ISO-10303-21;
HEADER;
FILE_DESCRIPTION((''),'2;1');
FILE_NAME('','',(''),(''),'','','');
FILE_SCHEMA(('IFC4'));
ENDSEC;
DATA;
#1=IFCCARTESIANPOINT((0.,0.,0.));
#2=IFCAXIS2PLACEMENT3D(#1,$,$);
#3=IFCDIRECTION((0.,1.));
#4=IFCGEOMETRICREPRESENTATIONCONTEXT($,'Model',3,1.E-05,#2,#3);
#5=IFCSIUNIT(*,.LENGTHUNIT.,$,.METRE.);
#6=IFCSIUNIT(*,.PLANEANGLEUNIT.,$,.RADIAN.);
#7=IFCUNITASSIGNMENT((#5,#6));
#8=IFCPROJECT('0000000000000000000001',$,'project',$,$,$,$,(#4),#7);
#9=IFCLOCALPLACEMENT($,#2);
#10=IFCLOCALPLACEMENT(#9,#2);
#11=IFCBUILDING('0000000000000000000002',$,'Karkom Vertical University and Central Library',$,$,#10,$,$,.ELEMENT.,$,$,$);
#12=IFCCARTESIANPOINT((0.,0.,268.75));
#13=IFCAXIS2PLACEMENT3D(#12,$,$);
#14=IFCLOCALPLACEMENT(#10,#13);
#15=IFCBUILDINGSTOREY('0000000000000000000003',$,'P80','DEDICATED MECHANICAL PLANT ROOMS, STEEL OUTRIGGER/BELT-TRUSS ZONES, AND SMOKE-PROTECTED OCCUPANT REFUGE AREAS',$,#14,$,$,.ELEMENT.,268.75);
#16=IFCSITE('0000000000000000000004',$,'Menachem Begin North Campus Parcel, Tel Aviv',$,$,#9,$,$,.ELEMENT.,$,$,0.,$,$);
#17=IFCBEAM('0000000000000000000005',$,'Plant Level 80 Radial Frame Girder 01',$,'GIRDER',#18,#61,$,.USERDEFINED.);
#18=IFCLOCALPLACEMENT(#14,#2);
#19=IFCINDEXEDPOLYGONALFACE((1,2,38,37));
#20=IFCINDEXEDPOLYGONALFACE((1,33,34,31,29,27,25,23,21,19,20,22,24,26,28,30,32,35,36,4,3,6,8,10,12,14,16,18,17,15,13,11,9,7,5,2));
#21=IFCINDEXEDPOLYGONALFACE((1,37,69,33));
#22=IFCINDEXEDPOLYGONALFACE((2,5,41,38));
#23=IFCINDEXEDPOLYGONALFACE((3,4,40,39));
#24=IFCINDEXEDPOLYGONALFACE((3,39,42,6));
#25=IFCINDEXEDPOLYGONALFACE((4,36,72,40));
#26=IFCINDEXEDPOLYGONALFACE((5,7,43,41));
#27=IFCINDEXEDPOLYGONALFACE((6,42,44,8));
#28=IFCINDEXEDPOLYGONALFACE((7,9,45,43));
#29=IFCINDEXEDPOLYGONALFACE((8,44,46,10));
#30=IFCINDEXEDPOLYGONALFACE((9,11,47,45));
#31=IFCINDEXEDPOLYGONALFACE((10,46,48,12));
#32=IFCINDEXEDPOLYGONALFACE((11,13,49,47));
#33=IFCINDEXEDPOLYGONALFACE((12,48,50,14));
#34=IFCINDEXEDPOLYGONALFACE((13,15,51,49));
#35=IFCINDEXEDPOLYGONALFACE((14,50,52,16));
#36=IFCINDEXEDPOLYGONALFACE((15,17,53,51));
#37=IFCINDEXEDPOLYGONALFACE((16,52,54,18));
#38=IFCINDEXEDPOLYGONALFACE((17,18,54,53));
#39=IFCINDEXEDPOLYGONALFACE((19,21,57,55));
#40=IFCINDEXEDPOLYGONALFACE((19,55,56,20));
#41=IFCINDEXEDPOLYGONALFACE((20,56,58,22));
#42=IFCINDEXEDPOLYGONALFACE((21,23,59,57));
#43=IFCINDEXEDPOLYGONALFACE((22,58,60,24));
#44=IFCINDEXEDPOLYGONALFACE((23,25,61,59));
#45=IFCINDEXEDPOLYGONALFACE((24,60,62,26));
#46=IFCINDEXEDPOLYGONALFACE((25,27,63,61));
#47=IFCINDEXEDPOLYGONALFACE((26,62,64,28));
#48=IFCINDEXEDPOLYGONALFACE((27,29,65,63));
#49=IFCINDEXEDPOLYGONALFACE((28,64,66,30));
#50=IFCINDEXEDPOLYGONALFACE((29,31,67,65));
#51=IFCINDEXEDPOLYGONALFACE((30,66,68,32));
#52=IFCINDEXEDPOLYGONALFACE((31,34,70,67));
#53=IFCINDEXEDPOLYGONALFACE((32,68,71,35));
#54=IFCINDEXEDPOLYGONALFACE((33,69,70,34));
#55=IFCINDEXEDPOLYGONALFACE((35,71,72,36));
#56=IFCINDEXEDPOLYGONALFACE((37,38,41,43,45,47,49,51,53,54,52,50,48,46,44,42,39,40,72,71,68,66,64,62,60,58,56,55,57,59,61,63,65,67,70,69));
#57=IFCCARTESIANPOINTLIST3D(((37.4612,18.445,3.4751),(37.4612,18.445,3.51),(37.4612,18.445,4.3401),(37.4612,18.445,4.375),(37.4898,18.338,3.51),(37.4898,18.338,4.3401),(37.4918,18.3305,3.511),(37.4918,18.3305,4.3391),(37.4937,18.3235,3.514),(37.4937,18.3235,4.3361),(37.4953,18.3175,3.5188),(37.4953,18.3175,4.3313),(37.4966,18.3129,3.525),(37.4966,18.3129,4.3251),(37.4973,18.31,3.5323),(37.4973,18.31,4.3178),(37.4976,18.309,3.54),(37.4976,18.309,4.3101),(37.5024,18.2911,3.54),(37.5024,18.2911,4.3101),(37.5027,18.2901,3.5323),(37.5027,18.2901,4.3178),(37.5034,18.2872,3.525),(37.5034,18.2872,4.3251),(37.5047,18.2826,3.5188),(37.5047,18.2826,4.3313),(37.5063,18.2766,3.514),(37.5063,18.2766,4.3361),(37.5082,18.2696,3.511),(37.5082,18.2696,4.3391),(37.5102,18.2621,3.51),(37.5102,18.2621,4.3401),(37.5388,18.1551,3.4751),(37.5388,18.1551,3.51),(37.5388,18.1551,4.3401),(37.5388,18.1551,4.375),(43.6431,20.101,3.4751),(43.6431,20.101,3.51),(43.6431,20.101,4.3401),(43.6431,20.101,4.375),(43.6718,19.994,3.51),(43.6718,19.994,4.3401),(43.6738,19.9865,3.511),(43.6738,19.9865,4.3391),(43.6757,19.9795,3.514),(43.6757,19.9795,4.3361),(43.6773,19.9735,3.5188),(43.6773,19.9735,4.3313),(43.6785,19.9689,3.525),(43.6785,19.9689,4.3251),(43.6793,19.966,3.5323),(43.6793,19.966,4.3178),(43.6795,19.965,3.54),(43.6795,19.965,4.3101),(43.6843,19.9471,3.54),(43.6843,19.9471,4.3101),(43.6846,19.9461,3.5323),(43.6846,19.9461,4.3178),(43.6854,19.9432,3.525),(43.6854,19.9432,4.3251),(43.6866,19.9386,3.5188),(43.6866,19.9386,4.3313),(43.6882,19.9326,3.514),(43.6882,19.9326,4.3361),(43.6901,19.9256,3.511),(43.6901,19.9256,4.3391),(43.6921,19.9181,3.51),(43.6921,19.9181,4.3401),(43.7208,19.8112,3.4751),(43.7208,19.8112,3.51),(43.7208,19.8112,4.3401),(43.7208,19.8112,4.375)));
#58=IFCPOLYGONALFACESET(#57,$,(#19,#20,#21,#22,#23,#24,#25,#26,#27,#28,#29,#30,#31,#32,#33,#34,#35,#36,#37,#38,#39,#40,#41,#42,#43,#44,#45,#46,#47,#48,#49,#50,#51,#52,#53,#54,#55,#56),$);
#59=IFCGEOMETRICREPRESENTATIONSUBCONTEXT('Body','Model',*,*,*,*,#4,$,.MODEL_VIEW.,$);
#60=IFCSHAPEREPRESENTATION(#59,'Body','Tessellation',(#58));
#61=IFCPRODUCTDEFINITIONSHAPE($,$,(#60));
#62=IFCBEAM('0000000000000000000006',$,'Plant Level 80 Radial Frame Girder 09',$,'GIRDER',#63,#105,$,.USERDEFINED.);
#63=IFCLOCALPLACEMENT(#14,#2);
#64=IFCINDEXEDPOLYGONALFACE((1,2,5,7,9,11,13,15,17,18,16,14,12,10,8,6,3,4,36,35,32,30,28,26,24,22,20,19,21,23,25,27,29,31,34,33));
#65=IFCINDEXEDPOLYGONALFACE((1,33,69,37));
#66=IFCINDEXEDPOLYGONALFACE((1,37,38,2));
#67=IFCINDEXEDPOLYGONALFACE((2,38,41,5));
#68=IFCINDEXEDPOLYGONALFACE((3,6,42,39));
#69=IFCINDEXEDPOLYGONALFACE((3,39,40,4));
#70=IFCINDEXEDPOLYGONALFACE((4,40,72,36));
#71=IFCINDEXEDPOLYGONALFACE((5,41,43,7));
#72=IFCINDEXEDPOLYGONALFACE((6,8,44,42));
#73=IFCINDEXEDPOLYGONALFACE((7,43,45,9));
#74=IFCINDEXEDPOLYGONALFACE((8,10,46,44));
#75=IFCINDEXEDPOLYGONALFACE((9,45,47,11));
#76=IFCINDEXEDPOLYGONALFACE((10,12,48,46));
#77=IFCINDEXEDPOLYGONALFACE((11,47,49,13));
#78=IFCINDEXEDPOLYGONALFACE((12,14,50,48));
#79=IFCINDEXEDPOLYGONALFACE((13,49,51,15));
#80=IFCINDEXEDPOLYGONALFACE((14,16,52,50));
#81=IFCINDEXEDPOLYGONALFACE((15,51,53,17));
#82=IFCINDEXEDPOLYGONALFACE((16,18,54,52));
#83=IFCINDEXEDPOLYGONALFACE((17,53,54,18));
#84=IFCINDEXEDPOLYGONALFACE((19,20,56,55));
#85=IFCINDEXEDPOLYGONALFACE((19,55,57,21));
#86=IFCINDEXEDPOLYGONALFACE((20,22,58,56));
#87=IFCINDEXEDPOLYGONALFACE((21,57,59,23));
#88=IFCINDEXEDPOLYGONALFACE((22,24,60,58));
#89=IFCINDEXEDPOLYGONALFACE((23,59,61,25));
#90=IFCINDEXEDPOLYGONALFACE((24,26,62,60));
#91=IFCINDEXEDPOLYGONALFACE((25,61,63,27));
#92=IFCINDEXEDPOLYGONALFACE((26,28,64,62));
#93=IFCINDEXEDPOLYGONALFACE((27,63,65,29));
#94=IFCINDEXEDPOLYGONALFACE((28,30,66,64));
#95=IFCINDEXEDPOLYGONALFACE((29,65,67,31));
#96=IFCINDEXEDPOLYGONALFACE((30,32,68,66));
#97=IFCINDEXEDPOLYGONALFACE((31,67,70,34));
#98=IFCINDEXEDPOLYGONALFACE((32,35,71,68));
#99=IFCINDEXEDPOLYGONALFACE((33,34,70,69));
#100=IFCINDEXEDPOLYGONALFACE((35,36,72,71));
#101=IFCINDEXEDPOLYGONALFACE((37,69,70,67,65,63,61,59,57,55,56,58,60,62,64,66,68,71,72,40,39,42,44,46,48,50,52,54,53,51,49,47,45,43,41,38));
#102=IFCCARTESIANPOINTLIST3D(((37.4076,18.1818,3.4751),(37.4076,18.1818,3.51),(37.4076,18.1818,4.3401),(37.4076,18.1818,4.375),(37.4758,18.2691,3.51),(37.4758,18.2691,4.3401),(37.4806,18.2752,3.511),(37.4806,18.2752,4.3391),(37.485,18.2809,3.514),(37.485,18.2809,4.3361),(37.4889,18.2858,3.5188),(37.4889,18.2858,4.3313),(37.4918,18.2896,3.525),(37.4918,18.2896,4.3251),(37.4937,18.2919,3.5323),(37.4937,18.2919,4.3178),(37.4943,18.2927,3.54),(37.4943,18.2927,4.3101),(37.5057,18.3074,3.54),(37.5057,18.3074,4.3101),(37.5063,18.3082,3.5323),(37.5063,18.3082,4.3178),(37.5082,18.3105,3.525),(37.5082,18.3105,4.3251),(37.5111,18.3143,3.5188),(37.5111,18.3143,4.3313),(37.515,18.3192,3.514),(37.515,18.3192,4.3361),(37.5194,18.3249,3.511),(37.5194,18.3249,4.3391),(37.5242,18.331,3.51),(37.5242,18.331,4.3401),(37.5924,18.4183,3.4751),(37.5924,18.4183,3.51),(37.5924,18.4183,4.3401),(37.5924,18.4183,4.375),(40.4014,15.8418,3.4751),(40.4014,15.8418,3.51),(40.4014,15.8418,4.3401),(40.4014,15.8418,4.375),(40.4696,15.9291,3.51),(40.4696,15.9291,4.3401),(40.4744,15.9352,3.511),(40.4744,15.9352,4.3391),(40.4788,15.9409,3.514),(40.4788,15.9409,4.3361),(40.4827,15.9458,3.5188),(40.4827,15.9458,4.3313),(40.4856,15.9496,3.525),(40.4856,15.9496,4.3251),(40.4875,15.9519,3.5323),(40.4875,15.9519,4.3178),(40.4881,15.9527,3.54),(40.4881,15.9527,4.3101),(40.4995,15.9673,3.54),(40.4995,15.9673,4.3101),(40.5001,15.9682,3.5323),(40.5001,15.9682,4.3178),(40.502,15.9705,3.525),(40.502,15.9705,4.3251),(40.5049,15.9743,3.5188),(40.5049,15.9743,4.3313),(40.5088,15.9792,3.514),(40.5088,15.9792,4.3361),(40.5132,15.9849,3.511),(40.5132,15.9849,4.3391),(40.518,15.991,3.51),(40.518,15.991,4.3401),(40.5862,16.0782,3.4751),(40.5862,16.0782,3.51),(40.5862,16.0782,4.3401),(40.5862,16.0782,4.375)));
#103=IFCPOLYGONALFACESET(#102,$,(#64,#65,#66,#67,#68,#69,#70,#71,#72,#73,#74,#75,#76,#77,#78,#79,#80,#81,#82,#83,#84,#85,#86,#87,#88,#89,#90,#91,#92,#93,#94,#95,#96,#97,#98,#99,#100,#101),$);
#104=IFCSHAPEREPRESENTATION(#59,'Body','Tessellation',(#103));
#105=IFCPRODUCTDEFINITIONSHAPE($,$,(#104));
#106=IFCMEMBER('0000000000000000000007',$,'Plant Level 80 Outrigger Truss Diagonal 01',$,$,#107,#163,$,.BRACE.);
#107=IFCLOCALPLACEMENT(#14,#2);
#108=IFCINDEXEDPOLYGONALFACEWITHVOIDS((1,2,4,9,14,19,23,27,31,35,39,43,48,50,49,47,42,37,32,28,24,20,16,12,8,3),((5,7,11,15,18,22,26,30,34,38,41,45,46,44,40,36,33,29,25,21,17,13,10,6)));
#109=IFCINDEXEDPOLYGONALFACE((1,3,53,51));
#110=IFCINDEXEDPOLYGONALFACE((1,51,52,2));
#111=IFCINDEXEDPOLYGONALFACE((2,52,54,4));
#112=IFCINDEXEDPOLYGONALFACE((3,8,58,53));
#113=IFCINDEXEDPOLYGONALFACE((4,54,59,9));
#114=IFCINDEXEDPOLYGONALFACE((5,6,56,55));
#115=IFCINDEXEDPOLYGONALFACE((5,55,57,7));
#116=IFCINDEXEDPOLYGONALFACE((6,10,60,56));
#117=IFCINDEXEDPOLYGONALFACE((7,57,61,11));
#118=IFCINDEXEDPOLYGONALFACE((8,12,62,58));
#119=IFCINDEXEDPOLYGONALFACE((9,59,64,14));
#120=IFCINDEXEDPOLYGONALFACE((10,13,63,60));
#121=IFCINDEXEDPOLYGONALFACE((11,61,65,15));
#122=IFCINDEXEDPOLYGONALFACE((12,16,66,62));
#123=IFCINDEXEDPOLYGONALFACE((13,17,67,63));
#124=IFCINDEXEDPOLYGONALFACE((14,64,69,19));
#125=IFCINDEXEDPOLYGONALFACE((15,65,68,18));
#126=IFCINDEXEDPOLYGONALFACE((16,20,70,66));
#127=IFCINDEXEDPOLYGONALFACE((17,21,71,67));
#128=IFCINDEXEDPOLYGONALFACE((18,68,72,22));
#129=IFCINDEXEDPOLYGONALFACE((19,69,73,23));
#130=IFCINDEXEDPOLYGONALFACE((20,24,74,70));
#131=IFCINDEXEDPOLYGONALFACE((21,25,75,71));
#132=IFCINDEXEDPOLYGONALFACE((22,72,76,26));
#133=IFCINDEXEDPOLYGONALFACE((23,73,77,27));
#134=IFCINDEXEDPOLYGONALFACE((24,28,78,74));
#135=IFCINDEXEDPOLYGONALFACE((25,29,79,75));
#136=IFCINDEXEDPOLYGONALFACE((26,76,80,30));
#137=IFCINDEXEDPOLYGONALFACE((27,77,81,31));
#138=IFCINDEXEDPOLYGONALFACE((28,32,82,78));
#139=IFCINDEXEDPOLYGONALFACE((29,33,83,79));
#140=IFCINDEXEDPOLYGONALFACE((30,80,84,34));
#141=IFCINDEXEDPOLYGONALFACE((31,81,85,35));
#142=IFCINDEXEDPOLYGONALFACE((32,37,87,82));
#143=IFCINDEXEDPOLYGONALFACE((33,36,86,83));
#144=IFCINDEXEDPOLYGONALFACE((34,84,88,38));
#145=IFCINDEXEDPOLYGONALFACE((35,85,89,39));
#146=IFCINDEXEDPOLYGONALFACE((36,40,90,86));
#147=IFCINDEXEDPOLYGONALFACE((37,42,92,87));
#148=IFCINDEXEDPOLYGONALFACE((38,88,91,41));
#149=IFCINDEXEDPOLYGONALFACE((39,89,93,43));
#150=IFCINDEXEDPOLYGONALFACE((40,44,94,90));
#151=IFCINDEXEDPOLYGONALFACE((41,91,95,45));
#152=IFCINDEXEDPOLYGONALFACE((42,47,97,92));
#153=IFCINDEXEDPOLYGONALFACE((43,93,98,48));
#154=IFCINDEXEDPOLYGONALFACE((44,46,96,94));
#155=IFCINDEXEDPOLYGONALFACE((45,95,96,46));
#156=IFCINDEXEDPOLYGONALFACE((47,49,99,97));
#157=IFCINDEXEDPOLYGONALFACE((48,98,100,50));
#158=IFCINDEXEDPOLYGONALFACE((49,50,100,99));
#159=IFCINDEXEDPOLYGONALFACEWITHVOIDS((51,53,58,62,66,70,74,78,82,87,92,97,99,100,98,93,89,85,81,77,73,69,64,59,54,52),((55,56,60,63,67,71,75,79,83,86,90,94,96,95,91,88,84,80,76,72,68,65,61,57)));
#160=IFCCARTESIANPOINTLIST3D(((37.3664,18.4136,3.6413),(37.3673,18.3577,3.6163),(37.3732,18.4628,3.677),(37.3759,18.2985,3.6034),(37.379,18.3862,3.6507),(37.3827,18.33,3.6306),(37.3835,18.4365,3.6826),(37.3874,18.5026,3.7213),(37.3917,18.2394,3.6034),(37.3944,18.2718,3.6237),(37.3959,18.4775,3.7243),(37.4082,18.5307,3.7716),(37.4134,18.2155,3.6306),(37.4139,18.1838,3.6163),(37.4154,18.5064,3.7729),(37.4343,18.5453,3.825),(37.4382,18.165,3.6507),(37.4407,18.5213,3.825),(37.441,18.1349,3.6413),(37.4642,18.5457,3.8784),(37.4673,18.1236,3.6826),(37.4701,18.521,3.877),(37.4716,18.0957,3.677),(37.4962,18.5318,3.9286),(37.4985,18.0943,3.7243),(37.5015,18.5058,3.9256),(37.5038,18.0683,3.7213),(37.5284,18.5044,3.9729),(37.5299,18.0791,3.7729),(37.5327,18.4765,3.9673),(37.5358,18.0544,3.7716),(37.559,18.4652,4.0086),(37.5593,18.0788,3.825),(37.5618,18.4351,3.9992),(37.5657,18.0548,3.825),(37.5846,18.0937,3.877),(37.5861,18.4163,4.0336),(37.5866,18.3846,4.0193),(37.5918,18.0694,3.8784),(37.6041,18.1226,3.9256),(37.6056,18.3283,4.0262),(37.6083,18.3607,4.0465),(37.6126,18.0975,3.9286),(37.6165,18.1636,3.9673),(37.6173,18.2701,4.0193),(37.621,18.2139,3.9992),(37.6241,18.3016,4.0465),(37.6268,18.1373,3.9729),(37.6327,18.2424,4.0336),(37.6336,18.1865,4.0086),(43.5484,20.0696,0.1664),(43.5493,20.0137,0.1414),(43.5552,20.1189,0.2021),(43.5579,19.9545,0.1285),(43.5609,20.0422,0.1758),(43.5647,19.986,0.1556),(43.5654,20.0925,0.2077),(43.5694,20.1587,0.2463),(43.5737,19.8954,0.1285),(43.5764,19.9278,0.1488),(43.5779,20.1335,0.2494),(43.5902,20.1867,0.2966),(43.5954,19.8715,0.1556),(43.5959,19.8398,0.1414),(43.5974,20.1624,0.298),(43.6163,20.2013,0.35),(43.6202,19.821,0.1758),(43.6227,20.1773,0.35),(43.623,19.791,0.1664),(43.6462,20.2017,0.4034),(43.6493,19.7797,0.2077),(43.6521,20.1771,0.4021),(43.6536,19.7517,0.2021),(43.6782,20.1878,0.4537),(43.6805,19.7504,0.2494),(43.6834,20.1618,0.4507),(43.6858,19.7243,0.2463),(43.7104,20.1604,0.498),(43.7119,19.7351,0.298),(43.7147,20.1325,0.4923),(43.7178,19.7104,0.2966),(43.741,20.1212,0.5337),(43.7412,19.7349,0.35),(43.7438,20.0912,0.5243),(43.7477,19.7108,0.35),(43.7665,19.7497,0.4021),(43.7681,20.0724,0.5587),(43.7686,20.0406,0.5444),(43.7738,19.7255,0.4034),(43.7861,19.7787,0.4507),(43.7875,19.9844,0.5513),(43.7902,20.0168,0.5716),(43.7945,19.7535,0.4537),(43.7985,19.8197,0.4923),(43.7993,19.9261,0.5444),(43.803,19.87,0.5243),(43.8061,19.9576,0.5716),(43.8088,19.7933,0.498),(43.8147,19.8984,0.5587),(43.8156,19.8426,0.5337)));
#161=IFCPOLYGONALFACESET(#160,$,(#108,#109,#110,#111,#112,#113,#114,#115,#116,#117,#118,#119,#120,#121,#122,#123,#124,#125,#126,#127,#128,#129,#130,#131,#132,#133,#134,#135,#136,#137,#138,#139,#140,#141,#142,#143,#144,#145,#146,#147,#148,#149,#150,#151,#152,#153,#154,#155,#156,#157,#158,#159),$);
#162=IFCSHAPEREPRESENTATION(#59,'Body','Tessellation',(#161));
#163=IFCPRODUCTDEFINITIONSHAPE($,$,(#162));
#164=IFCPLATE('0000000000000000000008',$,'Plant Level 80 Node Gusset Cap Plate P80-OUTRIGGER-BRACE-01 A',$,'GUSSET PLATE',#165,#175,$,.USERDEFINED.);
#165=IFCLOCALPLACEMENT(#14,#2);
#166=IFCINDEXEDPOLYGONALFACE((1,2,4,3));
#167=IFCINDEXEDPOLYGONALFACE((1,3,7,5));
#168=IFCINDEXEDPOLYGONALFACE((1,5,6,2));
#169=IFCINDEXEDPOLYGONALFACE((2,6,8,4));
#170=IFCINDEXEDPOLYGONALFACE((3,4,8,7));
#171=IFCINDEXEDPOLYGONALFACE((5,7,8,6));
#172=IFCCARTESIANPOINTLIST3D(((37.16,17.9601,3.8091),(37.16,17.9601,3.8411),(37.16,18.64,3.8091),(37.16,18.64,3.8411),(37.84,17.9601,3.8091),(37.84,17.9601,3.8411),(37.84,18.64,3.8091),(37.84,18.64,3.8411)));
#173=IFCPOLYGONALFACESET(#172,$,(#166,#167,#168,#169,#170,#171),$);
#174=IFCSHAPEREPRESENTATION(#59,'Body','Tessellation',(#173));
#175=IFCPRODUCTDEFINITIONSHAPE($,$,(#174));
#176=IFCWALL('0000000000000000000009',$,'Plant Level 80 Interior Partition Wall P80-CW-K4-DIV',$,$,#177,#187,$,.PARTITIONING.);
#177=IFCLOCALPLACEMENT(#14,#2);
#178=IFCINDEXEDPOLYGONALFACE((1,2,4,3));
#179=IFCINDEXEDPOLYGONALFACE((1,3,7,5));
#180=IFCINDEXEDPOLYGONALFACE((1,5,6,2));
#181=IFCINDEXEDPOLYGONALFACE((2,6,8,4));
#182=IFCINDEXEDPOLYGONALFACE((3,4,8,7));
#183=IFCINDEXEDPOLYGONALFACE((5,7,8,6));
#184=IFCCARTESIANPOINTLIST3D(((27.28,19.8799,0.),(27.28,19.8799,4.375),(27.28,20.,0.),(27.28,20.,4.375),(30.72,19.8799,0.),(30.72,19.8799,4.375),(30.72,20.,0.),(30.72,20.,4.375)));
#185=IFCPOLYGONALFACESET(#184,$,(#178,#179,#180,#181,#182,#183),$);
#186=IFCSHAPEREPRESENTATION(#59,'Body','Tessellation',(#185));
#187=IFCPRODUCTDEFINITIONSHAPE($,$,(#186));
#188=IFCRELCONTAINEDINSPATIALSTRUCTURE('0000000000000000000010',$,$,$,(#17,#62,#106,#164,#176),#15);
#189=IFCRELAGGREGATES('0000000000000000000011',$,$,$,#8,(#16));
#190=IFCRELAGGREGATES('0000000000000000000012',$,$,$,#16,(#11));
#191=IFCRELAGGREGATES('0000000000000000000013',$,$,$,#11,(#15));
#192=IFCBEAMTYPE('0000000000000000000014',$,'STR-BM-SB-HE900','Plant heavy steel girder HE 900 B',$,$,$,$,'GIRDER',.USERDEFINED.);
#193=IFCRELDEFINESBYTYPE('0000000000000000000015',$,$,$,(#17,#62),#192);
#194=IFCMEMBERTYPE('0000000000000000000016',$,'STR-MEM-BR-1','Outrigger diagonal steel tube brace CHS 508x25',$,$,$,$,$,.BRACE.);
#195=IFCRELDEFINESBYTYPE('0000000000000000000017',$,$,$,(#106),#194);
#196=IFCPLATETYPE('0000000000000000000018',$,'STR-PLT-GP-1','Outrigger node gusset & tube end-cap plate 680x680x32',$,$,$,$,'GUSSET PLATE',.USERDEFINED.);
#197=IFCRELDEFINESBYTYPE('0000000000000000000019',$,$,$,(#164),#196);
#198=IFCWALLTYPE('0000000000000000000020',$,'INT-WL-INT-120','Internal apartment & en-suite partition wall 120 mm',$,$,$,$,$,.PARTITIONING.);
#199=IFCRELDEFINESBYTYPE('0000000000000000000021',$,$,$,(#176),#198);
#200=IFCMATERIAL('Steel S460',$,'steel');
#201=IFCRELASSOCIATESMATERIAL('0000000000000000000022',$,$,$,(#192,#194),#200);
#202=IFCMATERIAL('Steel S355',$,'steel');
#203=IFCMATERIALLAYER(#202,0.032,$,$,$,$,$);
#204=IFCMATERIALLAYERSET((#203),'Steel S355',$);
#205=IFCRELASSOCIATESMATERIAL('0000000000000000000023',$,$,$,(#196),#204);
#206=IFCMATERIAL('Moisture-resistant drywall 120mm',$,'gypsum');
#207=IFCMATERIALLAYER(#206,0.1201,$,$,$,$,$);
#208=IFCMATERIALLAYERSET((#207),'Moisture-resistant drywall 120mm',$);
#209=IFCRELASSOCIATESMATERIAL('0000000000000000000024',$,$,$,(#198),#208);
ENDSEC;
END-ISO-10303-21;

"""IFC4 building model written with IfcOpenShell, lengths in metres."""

from ifc_helpers import new_model, si_unit, direction, frame, frame_2d, origin, origin_with_axes, origin_2d, place, context, subcontext, project, spatial, rectangle, hollow_circle, i_section, extrude, source, transform, mapped, material, layer, layer_set, material_profile, profile_set, type_object, element, save


model = new_model("IFC4")

# Units and contexts
model_context = context("Model", 3, precision=1e-05, world=origin(), true_north=direction((0.0, 1.0)))
body_context = subcontext(model_context, "Body", "Model", "MODEL_VIEW")
ifc_project = project(units=[si_unit("LENGTHUNIT", "METRE"), si_unit("PLANEANGLEUNIT", "RADIAN")], contexts=[model_context])

# Site, building, storey
site_placement = place(None, origin())
site = spatial("IfcSite", under=ifc_project, at=site_placement, Name="Menachem Begin North Campus Parcel, Tel Aviv", CompositionType="ELEMENT", RefElevation=0.0)
building_placement = place(site_placement, origin())
building = spatial("IfcBuilding", under=site, at=building_placement, Name="Karkom Vertical University and Central Library", CompositionType="ELEMENT")
storey_placement = place(building_placement, frame((0.0, 0.0, 268.75)))
storey = spatial("IfcBuildingStorey", under=building, at=storey_placement, Name="P80", Description="DEDICATED MECHANICAL PLANT ROOMS, STEEL OUTRIGGER/BELT-TRUSS ZONES, AND SMOKE-PROTECTED OCCUPANT REFUGE AREAS", CompositionType="ELEMENT", Elevation=268.75)

# Beams
ifc_material_1 = material(Name="Steel S355", Category="steel")
ifc_material_2 = material(Name="Steel S460", Category="steel")
ifc_material_profile_1 = material_profile(ifc_material_2, i_section(OverallWidth=0.3, OverallDepth=0.8999, WebThickness=0.0186, FlangeThickness=0.0349, FilletRadius=0.03, at=origin_2d()), Name="HE 900 B")
ifc_profile_set_1 = profile_set([ifc_material_profile_1], Name="Steel S460")
beam_type_1 = type_object("IfcBeamType", Name="STR-BM-SB-HE900", Description="Plant heavy steel girder HE 900 B", ElementType="GIRDER", PredefinedType="USERDEFINED", material=ifc_profile_set_1)
shared_shape_1 = source(origin_with_axes(), body_context, "Body", "SweptSolid", [
    extrude(i_section(OverallWidth=0.3, OverallDepth=0.8999, WebThickness=0.0186, FlangeThickness=0.0349, FilletRadius=0.03, at=origin_2d()), origin(), (0.0, 0.0, 1.0), 6.3999),
])
beam_1_placement = place(storey_placement, frame((37.5, 18.3, 3.925), z_axis=(0.965942, 0.258757, 0.0), x_axis=(-0.258757, 0.965942, 0.0)))
element("IfcBeam", 1, at=beam_1_placement, inside=storey, type_object=beam_type_1, Name="Plant Level 80 Radial Frame Girder 01", ObjectType="GIRDER", PredefinedType="USERDEFINED", context=body_context, shape_type="MappedRepresentation", body=[
    mapped(shared_shape_1, transform((0.0, 0.0, 0.0), scale=1.0)),
])
shared_shape_2 = source(origin_with_axes(), body_context, "Body", "SweptSolid", [
    extrude(i_section(OverallWidth=0.3, OverallDepth=0.8999, WebThickness=0.0186, FlangeThickness=0.0349, FilletRadius=0.03, at=origin_2d()), origin(), (0.0, 0.0, 1.0), 3.7998),
])
beam_2_placement = place(storey_placement, frame((37.5, 18.3, 3.925), z_axis=(0.787883, -0.615825, 0.0), x_axis=(0.615825, 0.787883, 0.0)))
element("IfcBeam", 2, at=beam_2_placement, inside=storey, type_object=beam_type_1, Name="Plant Level 80 Radial Frame Girder 09", ObjectType="GIRDER", PredefinedType="USERDEFINED", context=body_context, shape_type="MappedRepresentation", body=[
    mapped(shared_shape_2, transform((0.0, 0.0, 0.0), scale=1.0)),
])

# Member
ifc_material_profile_2 = material_profile(ifc_material_2, hollow_circle(Radius=0.2539, WallThickness=0.0249, at=origin_2d()), Name="CHS 508x25")
ifc_profile_set_2 = profile_set([ifc_material_profile_2], Name="Steel S460")
member_type = type_object("IfcMemberType", Name="STR-MEM-BR-1", Description="Outrigger diagonal steel tube brace CHS 508x25", PredefinedType="BRACE", material=ifc_profile_set_2)
shared_shape_3 = source(origin_with_axes(), body_context, "Body", "SweptSolid", [
    extrude(hollow_circle(Radius=0.2539, WallThickness=0.0249, at=origin_2d()), origin(), (0.0, 0.0, 1.0), 7.2825),
])
member_placement = place(storey_placement, frame((37.5, 18.3, 3.825), z_axis=(0.848886, 0.2274, -0.477161), x_axis=(-0.258757, 0.965942, 0.0)))
element("IfcMember", 3, at=member_placement, inside=storey, type_object=member_type, Name="Plant Level 80 Outrigger Truss Diagonal 01", PredefinedType="BRACE", context=body_context, shape_type="MappedRepresentation", body=[
    mapped(shared_shape_3, transform((0.0, 0.0, 0.0), scale=1.0)),
])

# Plate
ifc_layer_1 = layer(ifc_material_1, 0.032)
ifc_layer_set_1 = layer_set([ifc_layer_1], Name="Steel S355")
plate_type = type_object("IfcPlateType", Name="STR-PLT-GP-1", Description="Outrigger node gusset & tube end-cap plate 680x680x32", ElementType="GUSSET PLATE", PredefinedType="USERDEFINED", material=ifc_layer_set_1)
shared_shape_4 = source(origin_with_axes(), body_context, "Body", "SweptSolid", [
    extrude(rectangle(XDim=0.6799, YDim=0.6799, at=origin_2d()), origin(), (0.0, 0.0, 1.0), 0.032),
])
plate_placement = place(storey_placement, frame((37.5, 18.3, 3.8091), z_axis=(0.0, 0.0, 1.0), x_axis=(1.0, 0.0, 0.0)))
element("IfcPlate", 4, at=plate_placement, inside=storey, type_object=plate_type, Name="Plant Level 80 Node Gusset Cap Plate P80-OUTRIGGER-BRACE-01 A", ObjectType="GUSSET PLATE", PredefinedType="USERDEFINED", context=body_context, shape_type="MappedRepresentation", body=[
    mapped(shared_shape_4, transform((0.0, 0.0, 0.0), scale=1.0)),
])

# Wall
ifc_material_3 = material(Name="Moisture-resistant drywall 120mm", Category="gypsum")
ifc_layer_2 = layer(ifc_material_3, 0.1201)
ifc_layer_set_2 = layer_set([ifc_layer_2], Name="Moisture-resistant drywall 120mm")
wall_type_1 = type_object("IfcWallType", Name="INT-WL-INT-120", Description="Internal apartment & en-suite partition wall 120 mm", PredefinedType="PARTITIONING", material=ifc_layer_set_2)
wall_1_placement = place(storey_placement, frame((27.28, 19.9399, 0.0), z_axis=(0.0, 0.0, 1.0), x_axis=(1.0, 0.0, 0.0)))
element("IfcWall", 5, at=wall_1_placement, inside=storey, type_object=wall_type_1, Name="Plant Level 80 Interior Partition Wall P80-CW-K4-DIV", PredefinedType="PARTITIONING", context=body_context, shape_type="SweptSolid", body=[
    extrude(rectangle(XDim=3.4399, YDim=0.1201, at=frame_2d((1.72, 0.0))), origin(), (0.0, 0.0, 1.0), 4.375),
])

save(model, "model.ifc")
